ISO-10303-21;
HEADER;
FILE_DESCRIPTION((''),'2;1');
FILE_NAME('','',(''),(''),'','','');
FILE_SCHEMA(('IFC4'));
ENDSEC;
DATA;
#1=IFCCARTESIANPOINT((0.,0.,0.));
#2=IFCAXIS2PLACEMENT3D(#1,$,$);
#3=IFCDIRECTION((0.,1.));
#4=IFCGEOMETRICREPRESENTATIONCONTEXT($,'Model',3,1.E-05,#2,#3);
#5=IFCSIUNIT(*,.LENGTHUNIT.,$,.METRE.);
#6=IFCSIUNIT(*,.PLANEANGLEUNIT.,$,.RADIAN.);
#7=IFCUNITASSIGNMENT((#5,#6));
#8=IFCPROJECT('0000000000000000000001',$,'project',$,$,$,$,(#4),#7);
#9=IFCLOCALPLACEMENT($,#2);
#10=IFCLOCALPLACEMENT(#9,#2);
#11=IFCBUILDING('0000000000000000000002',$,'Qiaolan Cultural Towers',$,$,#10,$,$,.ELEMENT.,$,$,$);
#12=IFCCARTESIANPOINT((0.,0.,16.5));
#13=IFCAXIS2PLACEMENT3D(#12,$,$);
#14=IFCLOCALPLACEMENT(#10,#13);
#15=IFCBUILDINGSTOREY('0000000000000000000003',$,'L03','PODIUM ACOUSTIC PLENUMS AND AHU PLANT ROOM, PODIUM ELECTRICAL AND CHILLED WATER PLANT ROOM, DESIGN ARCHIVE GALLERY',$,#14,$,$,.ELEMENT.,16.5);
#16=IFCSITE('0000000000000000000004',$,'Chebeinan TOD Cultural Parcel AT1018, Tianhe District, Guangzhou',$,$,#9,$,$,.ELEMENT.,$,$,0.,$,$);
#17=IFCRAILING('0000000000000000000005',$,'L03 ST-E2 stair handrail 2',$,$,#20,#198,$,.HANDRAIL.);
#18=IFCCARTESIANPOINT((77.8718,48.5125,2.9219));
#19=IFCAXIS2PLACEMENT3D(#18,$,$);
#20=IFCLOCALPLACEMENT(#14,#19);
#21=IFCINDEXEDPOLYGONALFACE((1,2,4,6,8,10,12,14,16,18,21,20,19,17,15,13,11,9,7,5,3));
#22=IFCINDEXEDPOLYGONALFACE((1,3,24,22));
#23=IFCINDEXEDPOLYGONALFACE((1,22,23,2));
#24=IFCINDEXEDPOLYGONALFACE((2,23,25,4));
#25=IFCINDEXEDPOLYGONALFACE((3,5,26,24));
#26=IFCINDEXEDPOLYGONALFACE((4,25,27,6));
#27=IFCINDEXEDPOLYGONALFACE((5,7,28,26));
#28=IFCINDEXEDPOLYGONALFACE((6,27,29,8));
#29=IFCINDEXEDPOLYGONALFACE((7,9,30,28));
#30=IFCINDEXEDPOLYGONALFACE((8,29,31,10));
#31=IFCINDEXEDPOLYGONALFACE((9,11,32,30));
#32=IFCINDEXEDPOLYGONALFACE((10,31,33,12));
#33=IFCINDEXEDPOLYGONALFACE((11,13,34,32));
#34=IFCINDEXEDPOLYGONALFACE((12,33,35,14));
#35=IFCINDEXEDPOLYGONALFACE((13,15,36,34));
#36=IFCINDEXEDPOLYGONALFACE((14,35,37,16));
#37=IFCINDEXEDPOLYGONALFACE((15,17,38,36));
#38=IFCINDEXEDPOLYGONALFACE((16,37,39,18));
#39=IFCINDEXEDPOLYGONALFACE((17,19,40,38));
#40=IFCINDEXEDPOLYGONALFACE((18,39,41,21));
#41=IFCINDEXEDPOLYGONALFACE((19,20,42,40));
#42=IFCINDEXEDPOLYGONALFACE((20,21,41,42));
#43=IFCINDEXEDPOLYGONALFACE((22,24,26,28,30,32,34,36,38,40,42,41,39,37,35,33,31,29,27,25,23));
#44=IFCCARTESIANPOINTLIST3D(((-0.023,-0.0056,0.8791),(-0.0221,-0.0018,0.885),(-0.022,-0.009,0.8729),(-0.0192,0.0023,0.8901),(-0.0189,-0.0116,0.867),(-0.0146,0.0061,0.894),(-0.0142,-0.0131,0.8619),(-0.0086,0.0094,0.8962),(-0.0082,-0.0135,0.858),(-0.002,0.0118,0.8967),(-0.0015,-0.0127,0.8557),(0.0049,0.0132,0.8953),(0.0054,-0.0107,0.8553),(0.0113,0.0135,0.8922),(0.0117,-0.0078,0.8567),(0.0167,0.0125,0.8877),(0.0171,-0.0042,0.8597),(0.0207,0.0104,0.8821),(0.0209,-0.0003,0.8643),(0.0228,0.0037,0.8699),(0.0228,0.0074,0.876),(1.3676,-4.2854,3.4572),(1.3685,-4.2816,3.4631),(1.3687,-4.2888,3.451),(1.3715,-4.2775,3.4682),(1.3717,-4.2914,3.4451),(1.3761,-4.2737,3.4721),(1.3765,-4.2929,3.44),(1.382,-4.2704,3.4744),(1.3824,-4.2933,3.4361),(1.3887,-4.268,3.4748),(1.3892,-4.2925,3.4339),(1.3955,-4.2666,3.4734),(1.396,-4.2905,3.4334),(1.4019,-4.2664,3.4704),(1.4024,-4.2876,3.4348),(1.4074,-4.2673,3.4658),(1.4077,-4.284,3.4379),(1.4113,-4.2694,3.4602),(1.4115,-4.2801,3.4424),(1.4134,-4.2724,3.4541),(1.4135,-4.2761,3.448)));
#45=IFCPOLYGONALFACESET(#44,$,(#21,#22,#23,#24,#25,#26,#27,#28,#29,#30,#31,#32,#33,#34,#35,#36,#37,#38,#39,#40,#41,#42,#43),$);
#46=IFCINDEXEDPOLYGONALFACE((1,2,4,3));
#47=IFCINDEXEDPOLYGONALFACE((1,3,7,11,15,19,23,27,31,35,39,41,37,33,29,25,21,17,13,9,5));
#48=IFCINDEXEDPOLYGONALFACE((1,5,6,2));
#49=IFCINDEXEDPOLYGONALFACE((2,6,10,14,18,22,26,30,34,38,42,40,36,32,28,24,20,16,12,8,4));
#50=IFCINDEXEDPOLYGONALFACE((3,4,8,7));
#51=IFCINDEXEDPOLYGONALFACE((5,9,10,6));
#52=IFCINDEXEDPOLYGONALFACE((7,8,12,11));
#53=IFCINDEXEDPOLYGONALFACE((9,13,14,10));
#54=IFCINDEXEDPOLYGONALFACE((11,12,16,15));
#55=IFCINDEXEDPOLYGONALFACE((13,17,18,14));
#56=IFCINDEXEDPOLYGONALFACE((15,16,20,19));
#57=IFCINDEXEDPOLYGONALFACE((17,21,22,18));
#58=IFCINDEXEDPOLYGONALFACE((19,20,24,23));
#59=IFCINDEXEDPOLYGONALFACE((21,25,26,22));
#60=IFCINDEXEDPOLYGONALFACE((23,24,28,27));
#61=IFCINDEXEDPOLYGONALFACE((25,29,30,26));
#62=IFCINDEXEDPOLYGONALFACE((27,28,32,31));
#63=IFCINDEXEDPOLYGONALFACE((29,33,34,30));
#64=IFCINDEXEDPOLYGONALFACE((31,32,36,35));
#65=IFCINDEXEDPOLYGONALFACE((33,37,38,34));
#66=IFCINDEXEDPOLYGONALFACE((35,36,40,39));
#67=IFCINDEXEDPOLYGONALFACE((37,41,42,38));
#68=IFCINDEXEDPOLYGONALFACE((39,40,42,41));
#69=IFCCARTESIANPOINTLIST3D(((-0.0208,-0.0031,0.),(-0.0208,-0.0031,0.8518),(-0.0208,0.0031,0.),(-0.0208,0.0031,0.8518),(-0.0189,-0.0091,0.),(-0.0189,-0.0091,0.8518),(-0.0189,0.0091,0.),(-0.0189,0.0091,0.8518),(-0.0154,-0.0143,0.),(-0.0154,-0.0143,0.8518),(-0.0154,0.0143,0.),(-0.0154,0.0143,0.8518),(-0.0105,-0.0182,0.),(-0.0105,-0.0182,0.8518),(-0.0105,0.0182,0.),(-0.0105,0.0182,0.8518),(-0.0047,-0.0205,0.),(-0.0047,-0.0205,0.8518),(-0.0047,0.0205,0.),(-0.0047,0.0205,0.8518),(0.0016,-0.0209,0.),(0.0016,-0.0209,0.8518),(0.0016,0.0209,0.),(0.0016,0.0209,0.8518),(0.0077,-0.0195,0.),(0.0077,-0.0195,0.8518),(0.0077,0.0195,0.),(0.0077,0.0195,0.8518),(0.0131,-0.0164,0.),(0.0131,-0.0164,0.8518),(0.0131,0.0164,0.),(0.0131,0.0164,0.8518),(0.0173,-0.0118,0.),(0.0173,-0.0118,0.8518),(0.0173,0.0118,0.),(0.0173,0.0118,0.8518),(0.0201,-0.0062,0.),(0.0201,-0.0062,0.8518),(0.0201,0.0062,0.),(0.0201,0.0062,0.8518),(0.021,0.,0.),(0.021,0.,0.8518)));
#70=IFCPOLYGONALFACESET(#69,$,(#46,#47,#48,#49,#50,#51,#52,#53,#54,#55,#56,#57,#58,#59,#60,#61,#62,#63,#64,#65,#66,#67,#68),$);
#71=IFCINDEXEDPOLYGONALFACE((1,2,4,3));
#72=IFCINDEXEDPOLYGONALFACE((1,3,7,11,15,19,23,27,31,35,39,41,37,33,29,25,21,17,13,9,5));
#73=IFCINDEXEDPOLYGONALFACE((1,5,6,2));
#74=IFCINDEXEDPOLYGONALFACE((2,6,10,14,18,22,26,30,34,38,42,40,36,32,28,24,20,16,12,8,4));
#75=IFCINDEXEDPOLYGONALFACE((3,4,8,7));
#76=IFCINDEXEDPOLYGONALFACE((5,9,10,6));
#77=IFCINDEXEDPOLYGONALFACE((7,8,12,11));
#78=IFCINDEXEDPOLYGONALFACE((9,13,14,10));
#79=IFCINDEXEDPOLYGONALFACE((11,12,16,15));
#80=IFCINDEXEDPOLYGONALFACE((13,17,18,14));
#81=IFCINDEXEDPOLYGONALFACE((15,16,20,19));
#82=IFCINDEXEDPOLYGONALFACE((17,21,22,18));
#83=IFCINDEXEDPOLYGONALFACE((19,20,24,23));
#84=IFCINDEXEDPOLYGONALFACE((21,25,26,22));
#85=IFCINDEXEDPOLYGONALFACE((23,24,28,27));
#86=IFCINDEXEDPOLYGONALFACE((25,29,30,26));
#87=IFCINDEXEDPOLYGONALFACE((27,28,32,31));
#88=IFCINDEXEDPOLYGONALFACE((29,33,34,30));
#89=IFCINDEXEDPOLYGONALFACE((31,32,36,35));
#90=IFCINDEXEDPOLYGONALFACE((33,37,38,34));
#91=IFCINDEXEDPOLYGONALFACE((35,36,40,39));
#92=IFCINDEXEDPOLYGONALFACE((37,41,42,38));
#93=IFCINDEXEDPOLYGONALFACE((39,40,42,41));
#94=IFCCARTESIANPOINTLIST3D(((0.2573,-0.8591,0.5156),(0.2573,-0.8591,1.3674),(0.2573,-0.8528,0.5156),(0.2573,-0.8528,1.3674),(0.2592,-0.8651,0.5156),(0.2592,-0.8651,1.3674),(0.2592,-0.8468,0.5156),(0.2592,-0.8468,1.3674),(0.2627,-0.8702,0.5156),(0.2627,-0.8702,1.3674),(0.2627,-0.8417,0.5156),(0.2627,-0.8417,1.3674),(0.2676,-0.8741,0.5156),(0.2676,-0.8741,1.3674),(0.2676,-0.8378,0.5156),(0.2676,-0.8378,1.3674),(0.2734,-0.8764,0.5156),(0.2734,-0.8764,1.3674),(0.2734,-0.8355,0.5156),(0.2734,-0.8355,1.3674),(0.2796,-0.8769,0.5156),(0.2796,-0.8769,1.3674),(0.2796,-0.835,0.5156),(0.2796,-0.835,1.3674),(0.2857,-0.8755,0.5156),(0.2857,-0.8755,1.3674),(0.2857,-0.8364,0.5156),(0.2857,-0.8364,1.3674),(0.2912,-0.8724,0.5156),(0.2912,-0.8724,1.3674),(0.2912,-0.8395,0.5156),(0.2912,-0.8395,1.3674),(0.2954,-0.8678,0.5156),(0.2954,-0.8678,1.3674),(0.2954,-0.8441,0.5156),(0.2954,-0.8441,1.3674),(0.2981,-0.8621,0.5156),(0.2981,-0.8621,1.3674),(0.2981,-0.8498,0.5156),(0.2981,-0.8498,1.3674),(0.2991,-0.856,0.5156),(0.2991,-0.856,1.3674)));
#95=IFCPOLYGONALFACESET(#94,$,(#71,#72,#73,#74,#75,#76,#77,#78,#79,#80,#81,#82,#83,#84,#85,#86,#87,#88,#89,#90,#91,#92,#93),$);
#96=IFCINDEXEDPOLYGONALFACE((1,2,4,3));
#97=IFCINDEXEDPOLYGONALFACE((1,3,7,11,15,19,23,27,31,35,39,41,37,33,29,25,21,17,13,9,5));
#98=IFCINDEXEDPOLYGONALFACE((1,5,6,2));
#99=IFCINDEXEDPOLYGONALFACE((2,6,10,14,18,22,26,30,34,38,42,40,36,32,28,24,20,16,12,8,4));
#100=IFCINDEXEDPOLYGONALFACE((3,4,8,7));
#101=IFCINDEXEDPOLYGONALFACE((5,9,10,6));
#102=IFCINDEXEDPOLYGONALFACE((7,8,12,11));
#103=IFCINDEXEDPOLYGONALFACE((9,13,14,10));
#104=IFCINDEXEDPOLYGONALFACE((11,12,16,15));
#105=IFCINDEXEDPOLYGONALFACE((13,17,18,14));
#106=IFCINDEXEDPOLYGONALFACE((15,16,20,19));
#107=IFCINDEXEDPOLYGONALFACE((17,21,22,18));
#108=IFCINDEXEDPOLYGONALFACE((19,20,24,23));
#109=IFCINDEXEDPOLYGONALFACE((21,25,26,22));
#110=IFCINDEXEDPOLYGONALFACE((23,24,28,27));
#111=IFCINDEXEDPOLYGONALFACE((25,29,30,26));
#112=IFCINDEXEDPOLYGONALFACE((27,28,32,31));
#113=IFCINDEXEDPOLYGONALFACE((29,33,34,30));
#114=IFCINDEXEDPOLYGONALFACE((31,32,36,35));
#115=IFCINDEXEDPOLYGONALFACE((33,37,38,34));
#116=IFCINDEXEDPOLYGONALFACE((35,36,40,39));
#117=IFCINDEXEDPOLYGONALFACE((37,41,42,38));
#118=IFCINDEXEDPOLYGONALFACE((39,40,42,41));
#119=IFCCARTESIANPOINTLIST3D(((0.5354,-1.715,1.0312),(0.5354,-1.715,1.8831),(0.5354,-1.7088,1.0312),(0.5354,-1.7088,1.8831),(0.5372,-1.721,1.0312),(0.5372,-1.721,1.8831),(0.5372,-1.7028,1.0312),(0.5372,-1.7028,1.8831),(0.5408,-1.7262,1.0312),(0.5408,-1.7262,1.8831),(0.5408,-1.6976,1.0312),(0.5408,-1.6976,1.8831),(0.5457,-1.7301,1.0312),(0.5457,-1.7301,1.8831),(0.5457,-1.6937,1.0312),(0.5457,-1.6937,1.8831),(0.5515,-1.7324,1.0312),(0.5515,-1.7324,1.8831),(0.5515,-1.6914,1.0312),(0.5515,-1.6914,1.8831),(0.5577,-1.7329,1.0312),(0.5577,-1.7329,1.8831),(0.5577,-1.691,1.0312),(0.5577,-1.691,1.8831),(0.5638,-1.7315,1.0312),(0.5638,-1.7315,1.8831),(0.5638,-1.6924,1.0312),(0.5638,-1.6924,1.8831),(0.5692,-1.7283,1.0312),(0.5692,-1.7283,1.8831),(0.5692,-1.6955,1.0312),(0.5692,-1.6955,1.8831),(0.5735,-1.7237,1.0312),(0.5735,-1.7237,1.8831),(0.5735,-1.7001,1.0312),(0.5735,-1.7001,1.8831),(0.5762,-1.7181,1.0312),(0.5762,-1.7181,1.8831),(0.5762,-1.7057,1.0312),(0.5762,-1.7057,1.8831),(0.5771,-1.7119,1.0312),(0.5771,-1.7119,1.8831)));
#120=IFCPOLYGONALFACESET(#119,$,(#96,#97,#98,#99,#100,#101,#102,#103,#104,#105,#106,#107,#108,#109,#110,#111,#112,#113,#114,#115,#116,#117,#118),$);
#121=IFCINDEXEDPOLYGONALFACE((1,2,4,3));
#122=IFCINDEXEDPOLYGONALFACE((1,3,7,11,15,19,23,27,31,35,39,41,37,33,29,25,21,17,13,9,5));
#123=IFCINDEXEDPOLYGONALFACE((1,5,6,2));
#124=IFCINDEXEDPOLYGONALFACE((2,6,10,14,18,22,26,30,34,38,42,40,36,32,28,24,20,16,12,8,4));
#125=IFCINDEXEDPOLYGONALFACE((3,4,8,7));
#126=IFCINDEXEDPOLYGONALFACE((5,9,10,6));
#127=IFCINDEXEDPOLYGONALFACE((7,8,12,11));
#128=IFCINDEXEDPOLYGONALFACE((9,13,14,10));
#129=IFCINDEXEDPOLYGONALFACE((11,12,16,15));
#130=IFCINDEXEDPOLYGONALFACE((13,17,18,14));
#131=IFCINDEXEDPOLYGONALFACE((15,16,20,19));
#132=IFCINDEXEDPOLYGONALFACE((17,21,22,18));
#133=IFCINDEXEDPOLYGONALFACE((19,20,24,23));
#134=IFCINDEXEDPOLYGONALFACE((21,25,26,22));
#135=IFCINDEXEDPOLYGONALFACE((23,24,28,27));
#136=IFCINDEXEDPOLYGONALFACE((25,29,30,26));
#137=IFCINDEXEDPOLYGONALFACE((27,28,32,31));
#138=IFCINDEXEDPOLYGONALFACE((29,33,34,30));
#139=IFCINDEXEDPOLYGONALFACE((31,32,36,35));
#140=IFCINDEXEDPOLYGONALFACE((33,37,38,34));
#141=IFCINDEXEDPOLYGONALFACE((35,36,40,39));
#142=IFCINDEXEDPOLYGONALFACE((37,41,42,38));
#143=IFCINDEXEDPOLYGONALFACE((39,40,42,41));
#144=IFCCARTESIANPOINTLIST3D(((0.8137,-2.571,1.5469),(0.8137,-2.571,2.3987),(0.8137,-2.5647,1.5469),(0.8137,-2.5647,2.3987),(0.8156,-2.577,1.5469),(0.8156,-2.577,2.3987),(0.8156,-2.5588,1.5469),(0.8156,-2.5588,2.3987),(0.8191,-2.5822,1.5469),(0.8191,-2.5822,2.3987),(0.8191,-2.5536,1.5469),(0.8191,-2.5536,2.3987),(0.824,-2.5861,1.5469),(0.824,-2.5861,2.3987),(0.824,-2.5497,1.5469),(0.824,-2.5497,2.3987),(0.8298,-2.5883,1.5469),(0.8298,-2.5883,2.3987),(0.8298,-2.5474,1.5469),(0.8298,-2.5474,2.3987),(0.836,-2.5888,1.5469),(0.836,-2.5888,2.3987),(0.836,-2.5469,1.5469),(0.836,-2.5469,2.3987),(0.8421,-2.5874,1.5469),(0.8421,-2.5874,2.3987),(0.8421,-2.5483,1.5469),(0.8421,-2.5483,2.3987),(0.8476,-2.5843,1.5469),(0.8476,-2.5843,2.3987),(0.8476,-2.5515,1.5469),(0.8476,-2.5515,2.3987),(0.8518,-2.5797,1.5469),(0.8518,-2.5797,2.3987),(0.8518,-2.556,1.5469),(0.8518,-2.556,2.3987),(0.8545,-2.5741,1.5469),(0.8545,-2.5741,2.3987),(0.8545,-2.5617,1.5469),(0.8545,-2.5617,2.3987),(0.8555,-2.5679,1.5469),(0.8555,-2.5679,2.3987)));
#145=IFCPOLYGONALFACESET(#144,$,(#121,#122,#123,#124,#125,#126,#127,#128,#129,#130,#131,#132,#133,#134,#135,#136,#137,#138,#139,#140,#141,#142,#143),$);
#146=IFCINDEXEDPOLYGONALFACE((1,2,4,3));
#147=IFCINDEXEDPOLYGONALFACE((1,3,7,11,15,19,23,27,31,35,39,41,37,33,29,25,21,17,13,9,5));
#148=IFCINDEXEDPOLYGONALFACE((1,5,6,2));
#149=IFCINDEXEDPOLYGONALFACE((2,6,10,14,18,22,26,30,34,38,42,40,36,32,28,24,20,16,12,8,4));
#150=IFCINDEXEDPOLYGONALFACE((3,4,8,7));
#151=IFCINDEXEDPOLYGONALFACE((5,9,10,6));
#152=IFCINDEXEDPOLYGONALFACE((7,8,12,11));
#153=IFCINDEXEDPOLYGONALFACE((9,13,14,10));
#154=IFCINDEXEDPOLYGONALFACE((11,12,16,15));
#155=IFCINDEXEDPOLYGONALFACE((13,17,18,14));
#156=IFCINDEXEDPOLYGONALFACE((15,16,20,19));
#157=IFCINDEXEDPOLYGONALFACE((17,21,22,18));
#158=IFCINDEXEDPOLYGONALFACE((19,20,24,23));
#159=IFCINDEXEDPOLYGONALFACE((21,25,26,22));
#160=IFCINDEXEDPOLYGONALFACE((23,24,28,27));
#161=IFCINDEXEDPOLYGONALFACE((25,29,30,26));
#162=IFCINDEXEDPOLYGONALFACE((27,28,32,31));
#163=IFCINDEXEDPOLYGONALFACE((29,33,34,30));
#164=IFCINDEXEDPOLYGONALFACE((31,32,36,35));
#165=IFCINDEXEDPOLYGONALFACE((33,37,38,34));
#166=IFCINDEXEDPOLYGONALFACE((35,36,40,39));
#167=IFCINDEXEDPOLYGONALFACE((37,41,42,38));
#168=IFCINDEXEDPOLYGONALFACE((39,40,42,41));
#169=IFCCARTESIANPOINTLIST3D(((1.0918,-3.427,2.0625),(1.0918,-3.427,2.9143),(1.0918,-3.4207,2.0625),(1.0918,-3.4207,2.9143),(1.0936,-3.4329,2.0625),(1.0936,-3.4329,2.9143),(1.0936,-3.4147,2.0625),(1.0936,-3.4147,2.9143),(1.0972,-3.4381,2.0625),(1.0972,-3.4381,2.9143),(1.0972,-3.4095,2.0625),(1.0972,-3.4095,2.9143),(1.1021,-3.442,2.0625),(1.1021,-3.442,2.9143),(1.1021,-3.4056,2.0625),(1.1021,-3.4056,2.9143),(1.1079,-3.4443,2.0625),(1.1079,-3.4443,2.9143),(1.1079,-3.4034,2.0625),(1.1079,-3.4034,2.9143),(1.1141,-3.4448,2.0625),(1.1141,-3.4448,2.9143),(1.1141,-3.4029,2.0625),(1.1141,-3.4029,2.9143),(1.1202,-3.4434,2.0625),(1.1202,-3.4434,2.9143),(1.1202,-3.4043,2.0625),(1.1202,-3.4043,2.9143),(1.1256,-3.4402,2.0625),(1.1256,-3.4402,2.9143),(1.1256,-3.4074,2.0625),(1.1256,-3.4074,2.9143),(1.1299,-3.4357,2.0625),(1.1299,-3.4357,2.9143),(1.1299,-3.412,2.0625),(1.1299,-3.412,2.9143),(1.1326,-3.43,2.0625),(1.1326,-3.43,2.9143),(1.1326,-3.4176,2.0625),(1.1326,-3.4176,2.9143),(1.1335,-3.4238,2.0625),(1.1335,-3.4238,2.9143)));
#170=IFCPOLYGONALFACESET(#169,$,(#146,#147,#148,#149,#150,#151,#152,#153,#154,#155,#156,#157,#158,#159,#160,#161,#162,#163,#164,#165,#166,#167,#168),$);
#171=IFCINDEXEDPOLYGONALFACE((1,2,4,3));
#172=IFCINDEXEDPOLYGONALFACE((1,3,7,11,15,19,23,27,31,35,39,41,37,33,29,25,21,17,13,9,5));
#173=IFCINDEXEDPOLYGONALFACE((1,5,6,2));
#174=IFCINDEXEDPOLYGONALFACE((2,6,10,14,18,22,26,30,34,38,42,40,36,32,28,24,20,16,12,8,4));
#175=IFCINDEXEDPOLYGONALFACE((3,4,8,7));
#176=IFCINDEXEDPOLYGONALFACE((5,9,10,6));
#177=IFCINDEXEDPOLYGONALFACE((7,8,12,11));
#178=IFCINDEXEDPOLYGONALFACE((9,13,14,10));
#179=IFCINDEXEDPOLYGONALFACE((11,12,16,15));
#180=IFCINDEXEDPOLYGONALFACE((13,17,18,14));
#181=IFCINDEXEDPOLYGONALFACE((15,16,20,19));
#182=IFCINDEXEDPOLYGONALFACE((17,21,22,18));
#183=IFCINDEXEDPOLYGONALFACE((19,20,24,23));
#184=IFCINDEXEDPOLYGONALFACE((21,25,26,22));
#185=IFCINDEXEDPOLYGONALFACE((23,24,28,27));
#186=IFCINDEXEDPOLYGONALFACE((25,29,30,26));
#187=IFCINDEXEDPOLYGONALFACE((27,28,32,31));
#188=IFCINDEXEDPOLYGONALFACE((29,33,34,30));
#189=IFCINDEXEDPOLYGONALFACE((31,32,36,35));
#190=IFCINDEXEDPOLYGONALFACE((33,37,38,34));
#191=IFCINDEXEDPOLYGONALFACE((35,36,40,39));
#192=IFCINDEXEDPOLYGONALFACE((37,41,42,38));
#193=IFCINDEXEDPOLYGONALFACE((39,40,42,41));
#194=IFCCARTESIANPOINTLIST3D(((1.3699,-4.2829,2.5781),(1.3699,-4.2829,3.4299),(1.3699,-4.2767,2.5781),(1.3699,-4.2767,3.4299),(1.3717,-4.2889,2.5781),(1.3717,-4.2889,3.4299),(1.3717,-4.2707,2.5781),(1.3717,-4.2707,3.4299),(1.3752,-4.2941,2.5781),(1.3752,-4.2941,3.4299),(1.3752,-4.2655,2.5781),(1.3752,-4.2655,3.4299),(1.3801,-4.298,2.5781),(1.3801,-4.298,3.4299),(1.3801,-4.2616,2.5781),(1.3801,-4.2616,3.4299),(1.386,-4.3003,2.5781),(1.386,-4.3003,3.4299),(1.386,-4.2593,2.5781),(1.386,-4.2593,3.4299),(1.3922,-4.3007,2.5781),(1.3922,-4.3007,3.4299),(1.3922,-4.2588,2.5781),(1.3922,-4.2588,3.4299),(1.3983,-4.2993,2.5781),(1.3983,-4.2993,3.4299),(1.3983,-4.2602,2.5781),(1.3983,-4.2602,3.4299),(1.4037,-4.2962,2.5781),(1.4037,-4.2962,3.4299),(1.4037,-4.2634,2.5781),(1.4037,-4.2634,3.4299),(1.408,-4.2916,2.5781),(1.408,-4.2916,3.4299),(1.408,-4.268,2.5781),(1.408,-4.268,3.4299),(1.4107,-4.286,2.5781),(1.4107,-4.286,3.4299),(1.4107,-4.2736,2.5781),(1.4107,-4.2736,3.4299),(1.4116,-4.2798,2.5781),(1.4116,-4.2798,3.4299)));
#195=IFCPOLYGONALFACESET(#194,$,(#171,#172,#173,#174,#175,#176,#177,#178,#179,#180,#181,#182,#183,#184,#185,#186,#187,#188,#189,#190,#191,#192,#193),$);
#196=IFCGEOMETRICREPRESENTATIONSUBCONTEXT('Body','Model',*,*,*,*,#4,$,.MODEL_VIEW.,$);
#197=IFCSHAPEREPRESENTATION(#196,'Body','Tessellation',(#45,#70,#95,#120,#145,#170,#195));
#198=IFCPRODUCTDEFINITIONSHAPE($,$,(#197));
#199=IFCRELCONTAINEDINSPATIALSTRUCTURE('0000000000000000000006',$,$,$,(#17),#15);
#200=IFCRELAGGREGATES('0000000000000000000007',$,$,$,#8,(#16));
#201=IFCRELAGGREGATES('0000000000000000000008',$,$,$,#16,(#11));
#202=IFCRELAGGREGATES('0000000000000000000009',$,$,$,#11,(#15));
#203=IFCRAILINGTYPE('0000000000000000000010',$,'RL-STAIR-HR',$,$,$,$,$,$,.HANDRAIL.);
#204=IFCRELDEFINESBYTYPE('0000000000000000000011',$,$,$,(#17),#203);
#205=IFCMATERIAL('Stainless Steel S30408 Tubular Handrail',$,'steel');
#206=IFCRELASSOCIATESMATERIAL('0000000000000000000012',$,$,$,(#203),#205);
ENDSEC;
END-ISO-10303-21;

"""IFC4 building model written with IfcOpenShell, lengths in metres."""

from ifc_helpers import new_model, si_unit, direction, frame, origin, origin_2d, place, context, subcontext, project, spatial, circle, extrude, material, type_object, element, save


model = new_model("IFC4")

# Units and contexts
model_context = context("Model", 3, precision=1e-05, world=origin(), true_north=direction((0.0, 1.0)))
body_context = subcontext(model_context, "Body", "Model", "MODEL_VIEW")
ifc_project = project(units=[si_unit("LENGTHUNIT", "METRE"), si_unit("PLANEANGLEUNIT", "RADIAN")], contexts=[model_context])

# Site, building, storey
site_placement = place(None, origin())
site = spatial("IfcSite", under=ifc_project, at=site_placement, Name="Chebeinan TOD Cultural Parcel AT1018, Tianhe District, Guangzhou", CompositionType="ELEMENT", RefElevation=0.0)
building_placement = place(site_placement, origin())
building = spatial("IfcBuilding", under=site, at=building_placement, Name="Qiaolan Cultural Towers", CompositionType="ELEMENT")
storey_placement = place(building_placement, frame((0.0, 0.0, 16.5)))
storey = spatial("IfcBuildingStorey", under=building, at=storey_placement, Name="L03", Description="PODIUM ACOUSTIC PLENUMS AND AHU PLANT ROOM, PODIUM ELECTRICAL AND CHILLED WATER PLANT ROOM, DESIGN ARCHIVE GALLERY", CompositionType="ELEMENT", Elevation=16.5)

# Railing
ifc_material_1 = material(Name="Stainless Steel S30408 Tubular Handrail", Category="steel")
railing_type_1 = type_object("IfcRailingType", Name="RL-STAIR-HR", PredefinedType="HANDRAIL", material=ifc_material_1)
railing_1_placement = place(storey_placement, frame((77.8718, 48.5125, 2.9219)))
element("IfcRailing", 1, at=railing_1_placement, inside=storey, type_object=railing_type_1, Name="L03 ST-E2 stair handrail 2", PredefinedType="HANDRAIL", context=body_context, shape_type="SweptSolid", body=[
    extrude(circle(Radius=0.0239, at=origin_2d()), frame((0.0, 0.0, 0.876), z_axis=(0.268137, -0.825219, 0.497108), x_axis=(0.951054, 0.309025, 0.0)), (0.0, 0.0, 1.0), 5.1863),
    extrude(circle(Radius=0.021, at=origin_2d()), origin(), (0.0, 0.0, 1.0), 0.8518),
    extrude(circle(Radius=0.021, at=origin_2d()), frame((0.2781, -0.856, 0.5156)), (0.0, 0.0, 1.0), 0.8518),
    extrude(circle(Radius=0.021, at=origin_2d()), frame((0.5562, -1.7119, 1.0312)), (0.0, 0.0, 1.0), 0.8518),
    extrude(circle(Radius=0.021, at=origin_2d()), frame((0.8345, -2.5679, 1.5469)), (0.0, 0.0, 1.0), 0.8518),
    extrude(circle(Radius=0.021, at=origin_2d()), frame((1.1125, -3.4238, 2.0625)), (0.0, 0.0, 1.0), 0.8518),
    extrude(circle(Radius=0.021, at=origin_2d()), frame((1.3906, -4.2798, 2.5781)), (0.0, 0.0, 1.0), 0.8518),
])

save(model, "model.ifc")
